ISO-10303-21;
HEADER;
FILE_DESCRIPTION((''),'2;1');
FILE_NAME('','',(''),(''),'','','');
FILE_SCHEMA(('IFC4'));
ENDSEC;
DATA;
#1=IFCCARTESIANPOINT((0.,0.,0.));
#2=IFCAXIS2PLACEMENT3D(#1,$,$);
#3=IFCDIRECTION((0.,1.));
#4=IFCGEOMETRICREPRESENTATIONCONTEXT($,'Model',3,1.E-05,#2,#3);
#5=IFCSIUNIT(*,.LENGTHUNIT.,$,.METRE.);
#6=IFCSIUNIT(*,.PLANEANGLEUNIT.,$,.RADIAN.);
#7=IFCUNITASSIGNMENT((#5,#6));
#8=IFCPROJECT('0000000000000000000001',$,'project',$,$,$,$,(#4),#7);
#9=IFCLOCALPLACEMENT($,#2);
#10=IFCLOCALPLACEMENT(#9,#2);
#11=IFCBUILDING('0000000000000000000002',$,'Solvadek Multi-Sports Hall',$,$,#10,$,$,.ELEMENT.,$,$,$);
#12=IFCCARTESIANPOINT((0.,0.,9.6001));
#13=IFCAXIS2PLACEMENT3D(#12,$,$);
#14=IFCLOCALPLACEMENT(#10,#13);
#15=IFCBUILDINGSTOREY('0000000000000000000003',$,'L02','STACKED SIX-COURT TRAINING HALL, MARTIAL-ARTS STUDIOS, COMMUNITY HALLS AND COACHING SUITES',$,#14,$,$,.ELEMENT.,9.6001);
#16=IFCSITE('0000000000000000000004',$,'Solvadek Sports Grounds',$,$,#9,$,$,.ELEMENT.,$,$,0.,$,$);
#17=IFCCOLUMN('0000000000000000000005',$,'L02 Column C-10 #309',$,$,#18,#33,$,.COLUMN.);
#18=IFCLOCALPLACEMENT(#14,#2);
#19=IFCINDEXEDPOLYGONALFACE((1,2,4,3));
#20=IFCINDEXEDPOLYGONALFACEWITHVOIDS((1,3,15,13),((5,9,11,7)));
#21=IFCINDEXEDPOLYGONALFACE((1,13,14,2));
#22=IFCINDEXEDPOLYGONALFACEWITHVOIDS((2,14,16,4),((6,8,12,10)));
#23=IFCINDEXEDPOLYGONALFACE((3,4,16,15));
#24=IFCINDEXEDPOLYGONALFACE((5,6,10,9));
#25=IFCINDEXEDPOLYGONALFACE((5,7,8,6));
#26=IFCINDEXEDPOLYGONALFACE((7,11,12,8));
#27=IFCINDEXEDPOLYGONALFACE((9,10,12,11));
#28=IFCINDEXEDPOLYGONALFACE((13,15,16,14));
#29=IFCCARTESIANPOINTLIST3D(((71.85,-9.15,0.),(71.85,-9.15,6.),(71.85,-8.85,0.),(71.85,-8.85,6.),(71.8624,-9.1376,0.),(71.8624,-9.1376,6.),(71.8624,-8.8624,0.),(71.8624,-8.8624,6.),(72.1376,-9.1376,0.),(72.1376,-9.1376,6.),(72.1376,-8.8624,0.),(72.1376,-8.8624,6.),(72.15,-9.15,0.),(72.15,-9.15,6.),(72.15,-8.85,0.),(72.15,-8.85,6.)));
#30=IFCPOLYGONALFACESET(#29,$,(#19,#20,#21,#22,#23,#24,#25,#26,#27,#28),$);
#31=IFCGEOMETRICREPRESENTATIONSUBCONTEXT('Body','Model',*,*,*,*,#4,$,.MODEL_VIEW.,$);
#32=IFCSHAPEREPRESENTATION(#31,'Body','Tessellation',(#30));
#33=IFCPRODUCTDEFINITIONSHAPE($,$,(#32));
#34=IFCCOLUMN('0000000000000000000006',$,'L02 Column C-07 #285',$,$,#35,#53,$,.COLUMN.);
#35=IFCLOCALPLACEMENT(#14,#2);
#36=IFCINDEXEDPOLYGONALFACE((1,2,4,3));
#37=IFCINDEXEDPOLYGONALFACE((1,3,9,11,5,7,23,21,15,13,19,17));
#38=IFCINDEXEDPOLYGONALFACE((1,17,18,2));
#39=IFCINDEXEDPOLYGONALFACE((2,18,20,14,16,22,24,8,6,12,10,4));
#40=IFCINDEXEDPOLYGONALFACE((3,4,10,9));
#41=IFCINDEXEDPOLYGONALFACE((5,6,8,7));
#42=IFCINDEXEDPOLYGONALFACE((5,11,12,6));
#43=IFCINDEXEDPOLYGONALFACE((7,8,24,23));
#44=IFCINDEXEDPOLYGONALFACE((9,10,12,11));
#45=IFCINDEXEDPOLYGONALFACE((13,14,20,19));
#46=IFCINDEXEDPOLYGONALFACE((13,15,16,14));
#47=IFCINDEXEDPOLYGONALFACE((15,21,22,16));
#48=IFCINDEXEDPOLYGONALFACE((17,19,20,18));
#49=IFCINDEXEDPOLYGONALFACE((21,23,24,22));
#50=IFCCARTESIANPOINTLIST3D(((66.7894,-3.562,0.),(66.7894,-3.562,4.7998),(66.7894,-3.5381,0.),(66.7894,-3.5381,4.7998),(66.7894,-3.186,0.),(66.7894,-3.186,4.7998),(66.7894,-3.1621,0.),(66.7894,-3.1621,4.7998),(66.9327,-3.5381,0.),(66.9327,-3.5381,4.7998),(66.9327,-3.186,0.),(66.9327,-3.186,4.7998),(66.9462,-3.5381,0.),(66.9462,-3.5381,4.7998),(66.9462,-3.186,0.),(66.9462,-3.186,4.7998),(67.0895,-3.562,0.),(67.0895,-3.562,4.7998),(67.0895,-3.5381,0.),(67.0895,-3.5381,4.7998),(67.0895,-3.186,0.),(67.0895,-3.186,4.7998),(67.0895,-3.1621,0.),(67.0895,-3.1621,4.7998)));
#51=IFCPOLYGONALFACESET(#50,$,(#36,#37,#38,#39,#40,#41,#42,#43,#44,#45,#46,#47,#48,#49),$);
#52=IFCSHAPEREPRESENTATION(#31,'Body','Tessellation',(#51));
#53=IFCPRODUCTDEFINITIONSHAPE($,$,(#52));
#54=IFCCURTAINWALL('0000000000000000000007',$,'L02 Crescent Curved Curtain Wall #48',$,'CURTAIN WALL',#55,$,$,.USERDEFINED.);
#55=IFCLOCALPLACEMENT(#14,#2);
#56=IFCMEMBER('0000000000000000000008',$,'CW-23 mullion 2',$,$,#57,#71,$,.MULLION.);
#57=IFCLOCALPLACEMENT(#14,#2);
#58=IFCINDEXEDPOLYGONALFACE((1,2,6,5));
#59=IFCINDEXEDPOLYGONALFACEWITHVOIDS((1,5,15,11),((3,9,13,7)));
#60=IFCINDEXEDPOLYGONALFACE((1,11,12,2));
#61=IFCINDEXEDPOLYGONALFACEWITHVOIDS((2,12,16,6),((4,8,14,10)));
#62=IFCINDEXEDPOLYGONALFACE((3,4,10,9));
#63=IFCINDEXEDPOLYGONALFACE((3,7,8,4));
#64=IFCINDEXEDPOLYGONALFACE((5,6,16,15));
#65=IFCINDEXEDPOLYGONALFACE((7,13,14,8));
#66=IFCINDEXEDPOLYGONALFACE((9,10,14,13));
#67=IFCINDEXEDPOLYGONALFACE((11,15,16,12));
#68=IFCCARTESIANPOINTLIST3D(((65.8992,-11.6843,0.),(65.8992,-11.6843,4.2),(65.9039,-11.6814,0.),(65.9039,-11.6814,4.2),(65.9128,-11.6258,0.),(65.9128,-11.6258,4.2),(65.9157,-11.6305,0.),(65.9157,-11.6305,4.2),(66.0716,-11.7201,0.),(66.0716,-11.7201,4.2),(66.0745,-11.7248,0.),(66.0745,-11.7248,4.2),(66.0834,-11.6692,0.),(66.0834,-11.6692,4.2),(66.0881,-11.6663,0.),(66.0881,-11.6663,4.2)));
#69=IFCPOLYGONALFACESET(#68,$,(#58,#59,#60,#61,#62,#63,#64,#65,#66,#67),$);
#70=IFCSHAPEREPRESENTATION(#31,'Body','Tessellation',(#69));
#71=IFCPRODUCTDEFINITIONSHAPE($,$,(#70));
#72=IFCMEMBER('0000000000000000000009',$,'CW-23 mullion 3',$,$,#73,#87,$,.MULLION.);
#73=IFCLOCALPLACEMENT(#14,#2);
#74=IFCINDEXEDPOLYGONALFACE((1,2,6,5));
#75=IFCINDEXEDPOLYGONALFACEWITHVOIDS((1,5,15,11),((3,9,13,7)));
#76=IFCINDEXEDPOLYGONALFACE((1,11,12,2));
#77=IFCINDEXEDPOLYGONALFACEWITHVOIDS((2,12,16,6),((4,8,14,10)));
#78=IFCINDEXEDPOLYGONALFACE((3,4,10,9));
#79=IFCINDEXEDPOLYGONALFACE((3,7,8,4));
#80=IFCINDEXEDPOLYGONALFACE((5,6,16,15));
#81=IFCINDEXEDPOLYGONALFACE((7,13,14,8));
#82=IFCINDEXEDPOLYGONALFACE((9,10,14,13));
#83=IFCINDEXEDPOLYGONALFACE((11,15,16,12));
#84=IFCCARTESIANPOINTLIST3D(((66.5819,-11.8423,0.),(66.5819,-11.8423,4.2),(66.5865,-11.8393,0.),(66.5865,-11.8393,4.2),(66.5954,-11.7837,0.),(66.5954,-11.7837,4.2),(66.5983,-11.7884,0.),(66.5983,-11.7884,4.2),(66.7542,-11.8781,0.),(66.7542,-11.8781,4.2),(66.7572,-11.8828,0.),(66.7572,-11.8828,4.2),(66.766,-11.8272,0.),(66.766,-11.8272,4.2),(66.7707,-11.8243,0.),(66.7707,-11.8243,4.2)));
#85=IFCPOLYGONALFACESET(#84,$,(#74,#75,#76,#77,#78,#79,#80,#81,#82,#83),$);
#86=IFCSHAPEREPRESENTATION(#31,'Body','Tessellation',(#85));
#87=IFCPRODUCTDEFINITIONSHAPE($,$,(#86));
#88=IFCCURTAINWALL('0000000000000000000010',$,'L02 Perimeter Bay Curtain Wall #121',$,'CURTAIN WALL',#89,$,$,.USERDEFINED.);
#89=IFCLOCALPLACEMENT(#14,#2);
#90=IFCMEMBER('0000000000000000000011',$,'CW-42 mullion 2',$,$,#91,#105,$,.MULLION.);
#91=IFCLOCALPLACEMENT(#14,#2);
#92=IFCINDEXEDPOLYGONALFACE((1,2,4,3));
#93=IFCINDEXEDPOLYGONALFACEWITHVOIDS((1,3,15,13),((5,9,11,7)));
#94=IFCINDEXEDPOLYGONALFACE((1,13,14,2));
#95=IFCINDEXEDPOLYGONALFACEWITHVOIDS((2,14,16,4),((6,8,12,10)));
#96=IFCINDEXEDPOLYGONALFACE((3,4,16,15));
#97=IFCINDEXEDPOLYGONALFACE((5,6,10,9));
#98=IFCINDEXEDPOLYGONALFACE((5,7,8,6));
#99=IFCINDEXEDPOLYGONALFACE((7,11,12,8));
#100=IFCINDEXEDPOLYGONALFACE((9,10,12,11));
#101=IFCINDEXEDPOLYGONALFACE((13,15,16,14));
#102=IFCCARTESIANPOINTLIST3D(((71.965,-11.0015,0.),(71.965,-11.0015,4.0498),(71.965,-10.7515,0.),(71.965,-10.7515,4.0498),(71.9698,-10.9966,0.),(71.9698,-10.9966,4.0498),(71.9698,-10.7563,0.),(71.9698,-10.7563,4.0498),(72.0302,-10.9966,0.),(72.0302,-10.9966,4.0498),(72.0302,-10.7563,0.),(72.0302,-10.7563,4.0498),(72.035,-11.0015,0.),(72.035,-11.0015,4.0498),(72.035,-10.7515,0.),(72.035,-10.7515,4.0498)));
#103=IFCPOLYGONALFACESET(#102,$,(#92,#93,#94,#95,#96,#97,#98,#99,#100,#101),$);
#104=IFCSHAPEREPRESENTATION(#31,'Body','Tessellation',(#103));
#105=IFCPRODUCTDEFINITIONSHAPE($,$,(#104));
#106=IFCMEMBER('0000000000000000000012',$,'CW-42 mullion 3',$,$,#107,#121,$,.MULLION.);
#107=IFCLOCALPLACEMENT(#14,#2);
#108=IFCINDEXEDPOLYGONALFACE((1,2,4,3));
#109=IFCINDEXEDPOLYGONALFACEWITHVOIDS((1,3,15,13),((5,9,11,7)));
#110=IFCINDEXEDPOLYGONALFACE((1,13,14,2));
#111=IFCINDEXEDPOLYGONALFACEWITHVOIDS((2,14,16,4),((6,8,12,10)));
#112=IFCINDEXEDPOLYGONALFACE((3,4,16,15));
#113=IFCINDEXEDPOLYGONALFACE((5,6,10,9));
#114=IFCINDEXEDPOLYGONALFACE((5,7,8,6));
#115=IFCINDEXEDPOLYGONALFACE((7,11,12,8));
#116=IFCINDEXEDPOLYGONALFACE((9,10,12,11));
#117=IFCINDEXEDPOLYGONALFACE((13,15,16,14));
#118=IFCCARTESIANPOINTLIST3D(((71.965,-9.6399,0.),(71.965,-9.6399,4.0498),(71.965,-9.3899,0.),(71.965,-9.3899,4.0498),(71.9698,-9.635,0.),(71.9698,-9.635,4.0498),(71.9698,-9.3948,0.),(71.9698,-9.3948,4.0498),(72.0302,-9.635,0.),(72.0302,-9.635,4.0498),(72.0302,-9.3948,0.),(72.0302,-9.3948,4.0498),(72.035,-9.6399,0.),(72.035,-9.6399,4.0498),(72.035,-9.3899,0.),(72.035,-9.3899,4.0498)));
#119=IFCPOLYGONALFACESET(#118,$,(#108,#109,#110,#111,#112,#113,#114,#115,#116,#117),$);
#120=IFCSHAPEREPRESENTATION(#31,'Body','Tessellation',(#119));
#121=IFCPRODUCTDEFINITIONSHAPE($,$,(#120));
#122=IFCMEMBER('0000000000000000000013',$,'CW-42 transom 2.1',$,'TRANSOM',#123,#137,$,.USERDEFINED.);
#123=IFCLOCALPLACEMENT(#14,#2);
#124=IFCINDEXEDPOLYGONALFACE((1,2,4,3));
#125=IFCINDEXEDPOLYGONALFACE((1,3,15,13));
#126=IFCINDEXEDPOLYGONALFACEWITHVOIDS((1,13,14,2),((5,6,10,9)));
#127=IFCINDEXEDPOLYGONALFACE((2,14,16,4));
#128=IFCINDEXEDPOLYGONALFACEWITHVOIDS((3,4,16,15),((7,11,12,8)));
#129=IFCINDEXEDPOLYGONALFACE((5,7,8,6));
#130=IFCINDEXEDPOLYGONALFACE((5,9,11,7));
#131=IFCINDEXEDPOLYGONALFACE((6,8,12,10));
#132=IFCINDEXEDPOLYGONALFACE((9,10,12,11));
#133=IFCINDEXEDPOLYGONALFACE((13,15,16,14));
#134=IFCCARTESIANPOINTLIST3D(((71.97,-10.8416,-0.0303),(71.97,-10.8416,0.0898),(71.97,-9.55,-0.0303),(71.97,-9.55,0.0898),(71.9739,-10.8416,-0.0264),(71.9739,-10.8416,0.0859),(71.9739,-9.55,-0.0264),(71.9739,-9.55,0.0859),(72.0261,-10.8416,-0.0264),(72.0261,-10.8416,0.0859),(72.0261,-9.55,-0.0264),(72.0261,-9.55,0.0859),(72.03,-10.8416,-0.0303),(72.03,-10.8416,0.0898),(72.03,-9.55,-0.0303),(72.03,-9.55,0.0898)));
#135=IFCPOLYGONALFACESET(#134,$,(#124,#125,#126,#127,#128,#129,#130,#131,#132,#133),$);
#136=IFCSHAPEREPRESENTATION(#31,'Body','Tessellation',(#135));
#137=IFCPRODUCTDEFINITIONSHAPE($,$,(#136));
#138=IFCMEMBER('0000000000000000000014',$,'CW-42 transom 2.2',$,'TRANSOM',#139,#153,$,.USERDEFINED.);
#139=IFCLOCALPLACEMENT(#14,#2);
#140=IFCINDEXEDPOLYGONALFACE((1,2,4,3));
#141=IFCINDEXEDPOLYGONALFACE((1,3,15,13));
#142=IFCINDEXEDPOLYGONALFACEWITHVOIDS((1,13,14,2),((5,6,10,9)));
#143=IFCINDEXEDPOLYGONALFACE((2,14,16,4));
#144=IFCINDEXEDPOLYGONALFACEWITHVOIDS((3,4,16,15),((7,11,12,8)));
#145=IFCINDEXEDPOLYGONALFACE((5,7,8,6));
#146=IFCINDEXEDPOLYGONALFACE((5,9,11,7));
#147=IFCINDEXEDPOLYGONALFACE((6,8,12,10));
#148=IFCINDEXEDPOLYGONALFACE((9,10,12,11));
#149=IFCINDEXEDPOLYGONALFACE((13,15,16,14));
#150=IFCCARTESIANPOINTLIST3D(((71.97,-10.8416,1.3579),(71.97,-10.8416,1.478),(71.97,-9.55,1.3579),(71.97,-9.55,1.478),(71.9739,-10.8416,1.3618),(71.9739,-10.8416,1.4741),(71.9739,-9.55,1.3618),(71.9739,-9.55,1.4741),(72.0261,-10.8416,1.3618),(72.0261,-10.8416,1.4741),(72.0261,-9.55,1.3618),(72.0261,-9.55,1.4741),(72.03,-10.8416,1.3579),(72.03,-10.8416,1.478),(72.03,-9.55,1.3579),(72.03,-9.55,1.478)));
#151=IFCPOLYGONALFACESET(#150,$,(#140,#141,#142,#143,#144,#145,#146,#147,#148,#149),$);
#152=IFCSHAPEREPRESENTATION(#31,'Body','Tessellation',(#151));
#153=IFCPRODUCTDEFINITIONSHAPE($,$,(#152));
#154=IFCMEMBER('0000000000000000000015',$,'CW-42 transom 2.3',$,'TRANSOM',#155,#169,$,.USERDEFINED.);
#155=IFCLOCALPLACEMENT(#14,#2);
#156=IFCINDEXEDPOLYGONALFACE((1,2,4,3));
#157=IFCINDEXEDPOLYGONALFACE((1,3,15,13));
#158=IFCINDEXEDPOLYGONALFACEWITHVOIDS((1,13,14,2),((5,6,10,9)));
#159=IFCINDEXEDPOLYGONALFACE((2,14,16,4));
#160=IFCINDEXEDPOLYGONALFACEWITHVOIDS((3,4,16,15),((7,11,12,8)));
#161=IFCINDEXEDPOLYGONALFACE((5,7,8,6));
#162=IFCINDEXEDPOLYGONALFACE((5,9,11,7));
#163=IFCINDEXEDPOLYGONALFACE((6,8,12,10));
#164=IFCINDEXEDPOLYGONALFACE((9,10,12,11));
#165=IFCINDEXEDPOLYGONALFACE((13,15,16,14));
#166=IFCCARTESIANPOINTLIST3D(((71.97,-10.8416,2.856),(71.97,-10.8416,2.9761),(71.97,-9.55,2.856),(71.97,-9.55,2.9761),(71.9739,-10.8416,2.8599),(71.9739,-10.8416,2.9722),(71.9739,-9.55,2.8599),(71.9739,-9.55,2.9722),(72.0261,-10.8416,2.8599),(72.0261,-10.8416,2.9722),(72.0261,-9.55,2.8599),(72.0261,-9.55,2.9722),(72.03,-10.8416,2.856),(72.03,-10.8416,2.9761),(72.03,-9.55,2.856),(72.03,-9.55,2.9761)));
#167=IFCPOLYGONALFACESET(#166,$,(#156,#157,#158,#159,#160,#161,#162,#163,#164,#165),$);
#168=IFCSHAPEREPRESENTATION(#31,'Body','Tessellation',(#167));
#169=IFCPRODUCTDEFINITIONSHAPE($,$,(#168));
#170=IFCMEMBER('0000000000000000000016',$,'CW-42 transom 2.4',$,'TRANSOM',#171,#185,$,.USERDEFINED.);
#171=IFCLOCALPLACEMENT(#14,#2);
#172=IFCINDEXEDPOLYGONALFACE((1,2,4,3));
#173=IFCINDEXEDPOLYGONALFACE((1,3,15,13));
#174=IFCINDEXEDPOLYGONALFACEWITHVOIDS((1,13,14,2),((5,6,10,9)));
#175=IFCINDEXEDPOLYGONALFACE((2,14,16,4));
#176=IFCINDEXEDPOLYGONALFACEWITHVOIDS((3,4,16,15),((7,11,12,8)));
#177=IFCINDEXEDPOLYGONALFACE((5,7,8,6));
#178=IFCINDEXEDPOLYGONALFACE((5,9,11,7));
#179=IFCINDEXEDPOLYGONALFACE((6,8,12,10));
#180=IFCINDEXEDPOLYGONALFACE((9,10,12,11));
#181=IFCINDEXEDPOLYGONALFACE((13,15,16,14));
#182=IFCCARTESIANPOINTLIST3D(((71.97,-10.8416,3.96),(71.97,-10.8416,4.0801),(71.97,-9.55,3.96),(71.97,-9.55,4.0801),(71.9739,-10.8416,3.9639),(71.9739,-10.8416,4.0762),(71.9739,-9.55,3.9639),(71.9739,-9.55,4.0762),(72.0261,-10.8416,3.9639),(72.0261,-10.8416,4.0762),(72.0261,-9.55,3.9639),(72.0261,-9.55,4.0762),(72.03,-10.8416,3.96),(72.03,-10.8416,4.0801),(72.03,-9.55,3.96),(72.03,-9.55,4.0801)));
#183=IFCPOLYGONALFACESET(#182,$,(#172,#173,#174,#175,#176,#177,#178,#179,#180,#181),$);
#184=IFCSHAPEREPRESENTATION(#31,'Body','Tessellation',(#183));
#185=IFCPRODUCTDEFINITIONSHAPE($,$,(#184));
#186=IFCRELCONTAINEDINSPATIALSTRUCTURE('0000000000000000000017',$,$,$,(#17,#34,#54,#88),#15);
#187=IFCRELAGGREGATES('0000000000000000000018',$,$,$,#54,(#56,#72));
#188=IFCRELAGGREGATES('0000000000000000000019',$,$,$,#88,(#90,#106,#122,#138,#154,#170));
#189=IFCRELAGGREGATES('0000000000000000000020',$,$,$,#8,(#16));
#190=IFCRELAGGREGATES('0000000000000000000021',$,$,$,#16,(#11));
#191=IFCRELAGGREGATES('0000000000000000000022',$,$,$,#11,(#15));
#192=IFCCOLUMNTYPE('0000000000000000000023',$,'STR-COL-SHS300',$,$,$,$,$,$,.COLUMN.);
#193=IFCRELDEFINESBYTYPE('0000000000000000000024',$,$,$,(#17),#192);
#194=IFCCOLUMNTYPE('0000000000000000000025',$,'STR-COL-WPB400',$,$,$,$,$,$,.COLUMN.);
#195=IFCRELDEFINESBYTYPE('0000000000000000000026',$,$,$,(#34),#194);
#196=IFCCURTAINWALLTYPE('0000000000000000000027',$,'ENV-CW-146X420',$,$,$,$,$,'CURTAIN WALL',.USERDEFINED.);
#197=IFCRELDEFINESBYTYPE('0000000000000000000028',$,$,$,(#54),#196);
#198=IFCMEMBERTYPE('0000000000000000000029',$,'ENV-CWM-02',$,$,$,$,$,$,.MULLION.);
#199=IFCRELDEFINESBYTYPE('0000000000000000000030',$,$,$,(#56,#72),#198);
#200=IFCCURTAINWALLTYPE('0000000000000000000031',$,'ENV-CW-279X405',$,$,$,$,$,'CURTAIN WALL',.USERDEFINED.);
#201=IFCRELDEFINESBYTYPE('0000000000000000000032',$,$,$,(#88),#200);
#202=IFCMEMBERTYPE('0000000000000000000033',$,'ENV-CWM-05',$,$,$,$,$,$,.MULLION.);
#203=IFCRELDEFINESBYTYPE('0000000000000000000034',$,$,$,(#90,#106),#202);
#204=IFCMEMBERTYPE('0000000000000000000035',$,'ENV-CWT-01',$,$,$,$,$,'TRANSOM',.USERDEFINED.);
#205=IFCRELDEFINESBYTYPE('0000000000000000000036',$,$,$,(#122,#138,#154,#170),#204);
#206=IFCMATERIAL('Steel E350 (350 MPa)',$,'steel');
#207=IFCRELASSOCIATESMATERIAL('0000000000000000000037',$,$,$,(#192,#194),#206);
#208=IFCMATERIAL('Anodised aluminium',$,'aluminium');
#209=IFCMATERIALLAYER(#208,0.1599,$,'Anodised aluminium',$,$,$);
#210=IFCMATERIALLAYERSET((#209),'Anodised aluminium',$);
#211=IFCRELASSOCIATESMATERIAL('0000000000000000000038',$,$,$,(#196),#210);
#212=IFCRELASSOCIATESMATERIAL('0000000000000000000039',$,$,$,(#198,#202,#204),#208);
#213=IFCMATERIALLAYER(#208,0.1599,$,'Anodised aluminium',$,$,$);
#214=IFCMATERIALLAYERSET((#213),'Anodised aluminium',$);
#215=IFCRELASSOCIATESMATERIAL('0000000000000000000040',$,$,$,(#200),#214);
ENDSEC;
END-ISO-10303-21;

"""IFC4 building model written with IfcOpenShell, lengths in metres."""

from ifc_helpers import new_model, si_unit, direction, frame, origin, origin_2d, place, context, subcontext, project, spatial, hollow_rectangle, i_section, extrude, material, layer, layer_set, material_profile, profile_set, type_object, element, aggregate, save


model = new_model("IFC4")

# Units and contexts
model_context = context("Model", 3, precision=1e-05, world=origin(), true_north=direction((0.0, 1.0)))
body_context = subcontext(model_context, "Body", "Model", "MODEL_VIEW")
ifc_project = project(units=[si_unit("LENGTHUNIT", "METRE"), si_unit("PLANEANGLEUNIT", "RADIAN")], contexts=[model_context])

# Site, building, storey
site_placement = place(None, origin())
site = spatial("IfcSite", under=ifc_project, at=site_placement, Name="Solvadek Sports Grounds", CompositionType="ELEMENT", RefElevation=0.0)
building_placement = place(site_placement, origin())
building = spatial("IfcBuilding", under=site, at=building_placement, Name="Solvadek Multi-Sports Hall", CompositionType="ELEMENT")
storey_placement = place(building_placement, frame((0.0, 0.0, 9.6001)))
storey = spatial("IfcBuildingStorey", under=building, at=storey_placement, Name="L02", Description="STACKED SIX-COURT TRAINING HALL, MARTIAL-ARTS STUDIOS, COMMUNITY HALLS AND COACHING SUITES", CompositionType="ELEMENT", Elevation=9.6001)

# Columns
ifc_material_1 = material(Name="Steel E350 (350 MPa)", Category="steel")
ifc_material_profile_1 = material_profile(ifc_material_1, hollow_rectangle(XDim=0.3, YDim=0.3, WallThickness=0.0125, at=origin_2d()), Name="SHS 300x300x12.5")
ifc_profile_set_1 = profile_set([ifc_material_profile_1], Name="Steel E350 (350 MPa)")
column_type_1 = type_object("IfcColumnType", Name="STR-COL-SHS300", PredefinedType="COLUMN", material=ifc_profile_set_1)
column_1_placement = place(storey_placement, frame((72.0, -9.0, 0.0), z_axis=(0.0, 0.0, 1.0), x_axis=(1.0, 0.0, 0.0)))
element("IfcColumn", 1, at=column_1_placement, inside=storey, type_object=column_type_1, Name="L02 Column C-10 #309", PredefinedType="COLUMN", context=body_context, shape_type="SweptSolid", body=[
    extrude(hollow_rectangle(XDim=0.3, YDim=0.3, WallThickness=0.0125, at=origin_2d()), origin(), (0.0, 0.0, 1.0), 6.0),
])
ifc_material_profile_2 = material_profile(ifc_material_1, i_section(OverallWidth=0.3, OverallDepth=0.3999, WebThickness=0.0134, FlangeThickness=0.0239, at=origin_2d()), Name="WPB 400")
ifc_profile_set_2 = profile_set([ifc_material_profile_2], Name="Steel E350 (350 MPa)")
column_type_2 = type_object("IfcColumnType", Name="STR-COL-WPB400", PredefinedType="COLUMN", material=ifc_profile_set_2)
column_2_placement = place(storey_placement, frame((66.9395, -3.3621, 0.0), z_axis=(0.0, 0.0, 1.0), x_axis=(1.0, 0.0, 0.0)))
element("IfcColumn", 2, at=column_2_placement, inside=storey, type_object=column_type_2, Name="L02 Column C-07 #285", PredefinedType="COLUMN", context=body_context, shape_type="SweptSolid", body=[
    extrude(i_section(OverallWidth=0.3, OverallDepth=0.3999, WebThickness=0.0134, FlangeThickness=0.0239, at=origin_2d()), origin(), (0.0, 0.0, 1.0), 4.7998),
])

# Curtain walls, members
ifc_material_2 = material(Name="Anodised aluminium", Category="aluminium")
ifc_layer_1 = layer(ifc_material_2, 0.1599, Name="Anodised aluminium")
ifc_layer_set_1 = layer_set([ifc_layer_1], Name="Anodised aluminium")
curtain_wall_type_1 = type_object("IfcCurtainWallType", Name="ENV-CW-146X420", ElementType="CURTAIN WALL", PredefinedType="USERDEFINED", material=ifc_layer_set_1)
curtain_wall_1_placement = place(storey_placement, origin())
curtain_wall_1 = element("IfcCurtainWall", 3, at=curtain_wall_1_placement, inside=storey, type_object=curtain_wall_type_1, Name="L02 Crescent Curved Curtain Wall #48", ObjectType="CURTAIN WALL", PredefinedType="USERDEFINED")
ifc_material_profile_3 = material_profile(ifc_material_2, hollow_rectangle(XDim=0.0601, YDim=0.1799, WallThickness=0.0039, at=origin_2d()), Name="ALU-M 180x60x4")
ifc_profile_set_3 = profile_set([ifc_material_profile_3], Name="Anodised aluminium")
member_type_1 = type_object("IfcMemberType", Name="ENV-CWM-02", PredefinedType="MULLION", material=ifc_profile_set_3)
member_1_placement = place(storey_placement, frame((65.9937, -11.6753, 0.0), z_axis=(0.0, 0.0, 1.0), x_axis=(0.225189, 0.974315, 0.0)))
member_1 = element("IfcMember", 4, at=member_1_placement, type_object=member_type_1, Name="CW-23 mullion 2", PredefinedType="MULLION", context=body_context, shape_type="SweptSolid", body=[
    extrude(hollow_rectangle(XDim=0.0601, YDim=0.1799, WallThickness=0.0039, at=origin_2d()), origin(), (0.0, 0.0, 1.0), 4.2),
])
member_2_placement = place(storey_placement, frame((66.6763, -11.8333, 0.0), z_axis=(0.0, 0.0, 1.0), x_axis=(0.225189, 0.974315, 0.0)))
member_2 = element("IfcMember", 5, at=member_2_placement, type_object=member_type_1, Name="CW-23 mullion 3", PredefinedType="MULLION", context=body_context, shape_type="SweptSolid", body=[
    extrude(hollow_rectangle(XDim=0.0601, YDim=0.1799, WallThickness=0.0039, at=origin_2d()), origin(), (0.0, 0.0, 1.0), 4.2),
])
ifc_layer_2 = layer(ifc_material_2, 0.1599, Name="Anodised aluminium")
ifc_layer_set_2 = layer_set([ifc_layer_2], Name="Anodised aluminium")
curtain_wall_type_2 = type_object("IfcCurtainWallType", Name="ENV-CW-279X405", ElementType="CURTAIN WALL", PredefinedType="USERDEFINED", material=ifc_layer_set_2)
curtain_wall_2_placement = place(storey_placement, origin())
curtain_wall_2 = element("IfcCurtainWall", 6, at=curtain_wall_2_placement, inside=storey, type_object=curtain_wall_type_2, Name="L02 Perimeter Bay Curtain Wall #121", ObjectType="CURTAIN WALL", PredefinedType="USERDEFINED")
ifc_material_profile_4 = material_profile(ifc_material_2, hollow_rectangle(XDim=0.0701, YDim=0.25, WallThickness=0.0049, at=origin_2d()), Name="ALU-M 250x70x5")
ifc_profile_set_4 = profile_set([ifc_material_profile_4], Name="Anodised aluminium")
member_type_2 = type_object("IfcMemberType", Name="ENV-CWM-05", PredefinedType="MULLION", material=ifc_profile_set_4)
member_3_placement = place(storey_placement, frame((72.0, -10.8765, 0.0), z_axis=(0.0, 0.0, 1.0), x_axis=(-1.0, 0.0, 0.0)))
member_3 = element("IfcMember", 7, at=member_3_placement, type_object=member_type_2, Name="CW-42 mullion 2", PredefinedType="MULLION", context=body_context, shape_type="SweptSolid", body=[
    extrude(hollow_rectangle(XDim=0.0701, YDim=0.25, WallThickness=0.0049, at=origin_2d()), origin(), (0.0, 0.0, 1.0), 4.0498),
])
member_4_placement = place(storey_placement, frame((72.0, -9.5149, 0.0), z_axis=(0.0, 0.0, 1.0), x_axis=(-1.0, 0.0, 0.0)))
member_4 = element("IfcMember", 8, at=member_4_placement, type_object=member_type_2, Name="CW-42 mullion 3", PredefinedType="MULLION", context=body_context, shape_type="SweptSolid", body=[
    extrude(hollow_rectangle(XDim=0.0701, YDim=0.25, WallThickness=0.0049, at=origin_2d()), origin(), (0.0, 0.0, 1.0), 4.0498),
])
ifc_material_profile_5 = material_profile(ifc_material_2, hollow_rectangle(XDim=0.0601, YDim=0.1201, WallThickness=0.0039, at=origin_2d()), Name="ALU-T 120x60x4")
ifc_profile_set_5 = profile_set([ifc_material_profile_5], Name="Anodised aluminium")
member_type_3 = type_object("IfcMemberType", Name="ENV-CWT-01", ElementType="TRANSOM", PredefinedType="USERDEFINED", material=ifc_profile_set_5)
member_5_placement = place(storey_placement, frame((72.0, -10.8416, 0.0298), z_axis=(0.0, 1.0, 0.0), x_axis=(-1.0, 0.0, 0.0)))
member_5 = element("IfcMember", 9, at=member_5_placement, type_object=member_type_3, Name="CW-42 transom 2.1", ObjectType="TRANSOM", PredefinedType="USERDEFINED", context=body_context, shape_type="SweptSolid", body=[
    extrude(hollow_rectangle(XDim=0.0601, YDim=0.1201, WallThickness=0.0039, at=origin_2d()), origin(), (0.0, 0.0, 1.0), 1.2915),
])
member_6_placement = place(storey_placement, frame((72.0, -10.8416, 1.418), z_axis=(0.0, 1.0, 0.0), x_axis=(-1.0, 0.0, 0.0)))
member_6 = element("IfcMember", 10, at=member_6_placement, type_object=member_type_3, Name="CW-42 transom 2.2", ObjectType="TRANSOM", PredefinedType="USERDEFINED", context=body_context, shape_type="SweptSolid", body=[
    extrude(hollow_rectangle(XDim=0.0601, YDim=0.1201, WallThickness=0.0039, at=origin_2d()), origin(), (0.0, 0.0, 1.0), 1.2915),
])
member_7_placement = place(storey_placement, frame((72.0, -10.8416, 2.916), z_axis=(0.0, 1.0, 0.0), x_axis=(-1.0, 0.0, 0.0)))
member_7 = element("IfcMember", 11, at=member_7_placement, type_object=member_type_3, Name="CW-42 transom 2.3", ObjectType="TRANSOM", PredefinedType="USERDEFINED", context=body_context, shape_type="SweptSolid", body=[
    extrude(hollow_rectangle(XDim=0.0601, YDim=0.1201, WallThickness=0.0039, at=origin_2d()), origin(), (0.0, 0.0, 1.0), 1.2915),
])
member_8_placement = place(storey_placement, frame((72.0, -10.8416, 4.02), z_axis=(0.0, 1.0, 0.0), x_axis=(-1.0, 0.0, 0.0)))
member_8 = element("IfcMember", 12, at=member_8_placement, type_object=member_type_3, Name="CW-42 transom 2.4", ObjectType="TRANSOM", PredefinedType="USERDEFINED", context=body_context, shape_type="SweptSolid", body=[
    extrude(hollow_rectangle(XDim=0.0601, YDim=0.1201, WallThickness=0.0039, at=origin_2d()), origin(), (0.0, 0.0, 1.0), 1.2915),
])

aggregate(curtain_wall_1, [member_1, member_2])
aggregate(curtain_wall_2, [member_3, member_4, member_5, member_6, member_7, member_8])

save(model, "model.ifc")
